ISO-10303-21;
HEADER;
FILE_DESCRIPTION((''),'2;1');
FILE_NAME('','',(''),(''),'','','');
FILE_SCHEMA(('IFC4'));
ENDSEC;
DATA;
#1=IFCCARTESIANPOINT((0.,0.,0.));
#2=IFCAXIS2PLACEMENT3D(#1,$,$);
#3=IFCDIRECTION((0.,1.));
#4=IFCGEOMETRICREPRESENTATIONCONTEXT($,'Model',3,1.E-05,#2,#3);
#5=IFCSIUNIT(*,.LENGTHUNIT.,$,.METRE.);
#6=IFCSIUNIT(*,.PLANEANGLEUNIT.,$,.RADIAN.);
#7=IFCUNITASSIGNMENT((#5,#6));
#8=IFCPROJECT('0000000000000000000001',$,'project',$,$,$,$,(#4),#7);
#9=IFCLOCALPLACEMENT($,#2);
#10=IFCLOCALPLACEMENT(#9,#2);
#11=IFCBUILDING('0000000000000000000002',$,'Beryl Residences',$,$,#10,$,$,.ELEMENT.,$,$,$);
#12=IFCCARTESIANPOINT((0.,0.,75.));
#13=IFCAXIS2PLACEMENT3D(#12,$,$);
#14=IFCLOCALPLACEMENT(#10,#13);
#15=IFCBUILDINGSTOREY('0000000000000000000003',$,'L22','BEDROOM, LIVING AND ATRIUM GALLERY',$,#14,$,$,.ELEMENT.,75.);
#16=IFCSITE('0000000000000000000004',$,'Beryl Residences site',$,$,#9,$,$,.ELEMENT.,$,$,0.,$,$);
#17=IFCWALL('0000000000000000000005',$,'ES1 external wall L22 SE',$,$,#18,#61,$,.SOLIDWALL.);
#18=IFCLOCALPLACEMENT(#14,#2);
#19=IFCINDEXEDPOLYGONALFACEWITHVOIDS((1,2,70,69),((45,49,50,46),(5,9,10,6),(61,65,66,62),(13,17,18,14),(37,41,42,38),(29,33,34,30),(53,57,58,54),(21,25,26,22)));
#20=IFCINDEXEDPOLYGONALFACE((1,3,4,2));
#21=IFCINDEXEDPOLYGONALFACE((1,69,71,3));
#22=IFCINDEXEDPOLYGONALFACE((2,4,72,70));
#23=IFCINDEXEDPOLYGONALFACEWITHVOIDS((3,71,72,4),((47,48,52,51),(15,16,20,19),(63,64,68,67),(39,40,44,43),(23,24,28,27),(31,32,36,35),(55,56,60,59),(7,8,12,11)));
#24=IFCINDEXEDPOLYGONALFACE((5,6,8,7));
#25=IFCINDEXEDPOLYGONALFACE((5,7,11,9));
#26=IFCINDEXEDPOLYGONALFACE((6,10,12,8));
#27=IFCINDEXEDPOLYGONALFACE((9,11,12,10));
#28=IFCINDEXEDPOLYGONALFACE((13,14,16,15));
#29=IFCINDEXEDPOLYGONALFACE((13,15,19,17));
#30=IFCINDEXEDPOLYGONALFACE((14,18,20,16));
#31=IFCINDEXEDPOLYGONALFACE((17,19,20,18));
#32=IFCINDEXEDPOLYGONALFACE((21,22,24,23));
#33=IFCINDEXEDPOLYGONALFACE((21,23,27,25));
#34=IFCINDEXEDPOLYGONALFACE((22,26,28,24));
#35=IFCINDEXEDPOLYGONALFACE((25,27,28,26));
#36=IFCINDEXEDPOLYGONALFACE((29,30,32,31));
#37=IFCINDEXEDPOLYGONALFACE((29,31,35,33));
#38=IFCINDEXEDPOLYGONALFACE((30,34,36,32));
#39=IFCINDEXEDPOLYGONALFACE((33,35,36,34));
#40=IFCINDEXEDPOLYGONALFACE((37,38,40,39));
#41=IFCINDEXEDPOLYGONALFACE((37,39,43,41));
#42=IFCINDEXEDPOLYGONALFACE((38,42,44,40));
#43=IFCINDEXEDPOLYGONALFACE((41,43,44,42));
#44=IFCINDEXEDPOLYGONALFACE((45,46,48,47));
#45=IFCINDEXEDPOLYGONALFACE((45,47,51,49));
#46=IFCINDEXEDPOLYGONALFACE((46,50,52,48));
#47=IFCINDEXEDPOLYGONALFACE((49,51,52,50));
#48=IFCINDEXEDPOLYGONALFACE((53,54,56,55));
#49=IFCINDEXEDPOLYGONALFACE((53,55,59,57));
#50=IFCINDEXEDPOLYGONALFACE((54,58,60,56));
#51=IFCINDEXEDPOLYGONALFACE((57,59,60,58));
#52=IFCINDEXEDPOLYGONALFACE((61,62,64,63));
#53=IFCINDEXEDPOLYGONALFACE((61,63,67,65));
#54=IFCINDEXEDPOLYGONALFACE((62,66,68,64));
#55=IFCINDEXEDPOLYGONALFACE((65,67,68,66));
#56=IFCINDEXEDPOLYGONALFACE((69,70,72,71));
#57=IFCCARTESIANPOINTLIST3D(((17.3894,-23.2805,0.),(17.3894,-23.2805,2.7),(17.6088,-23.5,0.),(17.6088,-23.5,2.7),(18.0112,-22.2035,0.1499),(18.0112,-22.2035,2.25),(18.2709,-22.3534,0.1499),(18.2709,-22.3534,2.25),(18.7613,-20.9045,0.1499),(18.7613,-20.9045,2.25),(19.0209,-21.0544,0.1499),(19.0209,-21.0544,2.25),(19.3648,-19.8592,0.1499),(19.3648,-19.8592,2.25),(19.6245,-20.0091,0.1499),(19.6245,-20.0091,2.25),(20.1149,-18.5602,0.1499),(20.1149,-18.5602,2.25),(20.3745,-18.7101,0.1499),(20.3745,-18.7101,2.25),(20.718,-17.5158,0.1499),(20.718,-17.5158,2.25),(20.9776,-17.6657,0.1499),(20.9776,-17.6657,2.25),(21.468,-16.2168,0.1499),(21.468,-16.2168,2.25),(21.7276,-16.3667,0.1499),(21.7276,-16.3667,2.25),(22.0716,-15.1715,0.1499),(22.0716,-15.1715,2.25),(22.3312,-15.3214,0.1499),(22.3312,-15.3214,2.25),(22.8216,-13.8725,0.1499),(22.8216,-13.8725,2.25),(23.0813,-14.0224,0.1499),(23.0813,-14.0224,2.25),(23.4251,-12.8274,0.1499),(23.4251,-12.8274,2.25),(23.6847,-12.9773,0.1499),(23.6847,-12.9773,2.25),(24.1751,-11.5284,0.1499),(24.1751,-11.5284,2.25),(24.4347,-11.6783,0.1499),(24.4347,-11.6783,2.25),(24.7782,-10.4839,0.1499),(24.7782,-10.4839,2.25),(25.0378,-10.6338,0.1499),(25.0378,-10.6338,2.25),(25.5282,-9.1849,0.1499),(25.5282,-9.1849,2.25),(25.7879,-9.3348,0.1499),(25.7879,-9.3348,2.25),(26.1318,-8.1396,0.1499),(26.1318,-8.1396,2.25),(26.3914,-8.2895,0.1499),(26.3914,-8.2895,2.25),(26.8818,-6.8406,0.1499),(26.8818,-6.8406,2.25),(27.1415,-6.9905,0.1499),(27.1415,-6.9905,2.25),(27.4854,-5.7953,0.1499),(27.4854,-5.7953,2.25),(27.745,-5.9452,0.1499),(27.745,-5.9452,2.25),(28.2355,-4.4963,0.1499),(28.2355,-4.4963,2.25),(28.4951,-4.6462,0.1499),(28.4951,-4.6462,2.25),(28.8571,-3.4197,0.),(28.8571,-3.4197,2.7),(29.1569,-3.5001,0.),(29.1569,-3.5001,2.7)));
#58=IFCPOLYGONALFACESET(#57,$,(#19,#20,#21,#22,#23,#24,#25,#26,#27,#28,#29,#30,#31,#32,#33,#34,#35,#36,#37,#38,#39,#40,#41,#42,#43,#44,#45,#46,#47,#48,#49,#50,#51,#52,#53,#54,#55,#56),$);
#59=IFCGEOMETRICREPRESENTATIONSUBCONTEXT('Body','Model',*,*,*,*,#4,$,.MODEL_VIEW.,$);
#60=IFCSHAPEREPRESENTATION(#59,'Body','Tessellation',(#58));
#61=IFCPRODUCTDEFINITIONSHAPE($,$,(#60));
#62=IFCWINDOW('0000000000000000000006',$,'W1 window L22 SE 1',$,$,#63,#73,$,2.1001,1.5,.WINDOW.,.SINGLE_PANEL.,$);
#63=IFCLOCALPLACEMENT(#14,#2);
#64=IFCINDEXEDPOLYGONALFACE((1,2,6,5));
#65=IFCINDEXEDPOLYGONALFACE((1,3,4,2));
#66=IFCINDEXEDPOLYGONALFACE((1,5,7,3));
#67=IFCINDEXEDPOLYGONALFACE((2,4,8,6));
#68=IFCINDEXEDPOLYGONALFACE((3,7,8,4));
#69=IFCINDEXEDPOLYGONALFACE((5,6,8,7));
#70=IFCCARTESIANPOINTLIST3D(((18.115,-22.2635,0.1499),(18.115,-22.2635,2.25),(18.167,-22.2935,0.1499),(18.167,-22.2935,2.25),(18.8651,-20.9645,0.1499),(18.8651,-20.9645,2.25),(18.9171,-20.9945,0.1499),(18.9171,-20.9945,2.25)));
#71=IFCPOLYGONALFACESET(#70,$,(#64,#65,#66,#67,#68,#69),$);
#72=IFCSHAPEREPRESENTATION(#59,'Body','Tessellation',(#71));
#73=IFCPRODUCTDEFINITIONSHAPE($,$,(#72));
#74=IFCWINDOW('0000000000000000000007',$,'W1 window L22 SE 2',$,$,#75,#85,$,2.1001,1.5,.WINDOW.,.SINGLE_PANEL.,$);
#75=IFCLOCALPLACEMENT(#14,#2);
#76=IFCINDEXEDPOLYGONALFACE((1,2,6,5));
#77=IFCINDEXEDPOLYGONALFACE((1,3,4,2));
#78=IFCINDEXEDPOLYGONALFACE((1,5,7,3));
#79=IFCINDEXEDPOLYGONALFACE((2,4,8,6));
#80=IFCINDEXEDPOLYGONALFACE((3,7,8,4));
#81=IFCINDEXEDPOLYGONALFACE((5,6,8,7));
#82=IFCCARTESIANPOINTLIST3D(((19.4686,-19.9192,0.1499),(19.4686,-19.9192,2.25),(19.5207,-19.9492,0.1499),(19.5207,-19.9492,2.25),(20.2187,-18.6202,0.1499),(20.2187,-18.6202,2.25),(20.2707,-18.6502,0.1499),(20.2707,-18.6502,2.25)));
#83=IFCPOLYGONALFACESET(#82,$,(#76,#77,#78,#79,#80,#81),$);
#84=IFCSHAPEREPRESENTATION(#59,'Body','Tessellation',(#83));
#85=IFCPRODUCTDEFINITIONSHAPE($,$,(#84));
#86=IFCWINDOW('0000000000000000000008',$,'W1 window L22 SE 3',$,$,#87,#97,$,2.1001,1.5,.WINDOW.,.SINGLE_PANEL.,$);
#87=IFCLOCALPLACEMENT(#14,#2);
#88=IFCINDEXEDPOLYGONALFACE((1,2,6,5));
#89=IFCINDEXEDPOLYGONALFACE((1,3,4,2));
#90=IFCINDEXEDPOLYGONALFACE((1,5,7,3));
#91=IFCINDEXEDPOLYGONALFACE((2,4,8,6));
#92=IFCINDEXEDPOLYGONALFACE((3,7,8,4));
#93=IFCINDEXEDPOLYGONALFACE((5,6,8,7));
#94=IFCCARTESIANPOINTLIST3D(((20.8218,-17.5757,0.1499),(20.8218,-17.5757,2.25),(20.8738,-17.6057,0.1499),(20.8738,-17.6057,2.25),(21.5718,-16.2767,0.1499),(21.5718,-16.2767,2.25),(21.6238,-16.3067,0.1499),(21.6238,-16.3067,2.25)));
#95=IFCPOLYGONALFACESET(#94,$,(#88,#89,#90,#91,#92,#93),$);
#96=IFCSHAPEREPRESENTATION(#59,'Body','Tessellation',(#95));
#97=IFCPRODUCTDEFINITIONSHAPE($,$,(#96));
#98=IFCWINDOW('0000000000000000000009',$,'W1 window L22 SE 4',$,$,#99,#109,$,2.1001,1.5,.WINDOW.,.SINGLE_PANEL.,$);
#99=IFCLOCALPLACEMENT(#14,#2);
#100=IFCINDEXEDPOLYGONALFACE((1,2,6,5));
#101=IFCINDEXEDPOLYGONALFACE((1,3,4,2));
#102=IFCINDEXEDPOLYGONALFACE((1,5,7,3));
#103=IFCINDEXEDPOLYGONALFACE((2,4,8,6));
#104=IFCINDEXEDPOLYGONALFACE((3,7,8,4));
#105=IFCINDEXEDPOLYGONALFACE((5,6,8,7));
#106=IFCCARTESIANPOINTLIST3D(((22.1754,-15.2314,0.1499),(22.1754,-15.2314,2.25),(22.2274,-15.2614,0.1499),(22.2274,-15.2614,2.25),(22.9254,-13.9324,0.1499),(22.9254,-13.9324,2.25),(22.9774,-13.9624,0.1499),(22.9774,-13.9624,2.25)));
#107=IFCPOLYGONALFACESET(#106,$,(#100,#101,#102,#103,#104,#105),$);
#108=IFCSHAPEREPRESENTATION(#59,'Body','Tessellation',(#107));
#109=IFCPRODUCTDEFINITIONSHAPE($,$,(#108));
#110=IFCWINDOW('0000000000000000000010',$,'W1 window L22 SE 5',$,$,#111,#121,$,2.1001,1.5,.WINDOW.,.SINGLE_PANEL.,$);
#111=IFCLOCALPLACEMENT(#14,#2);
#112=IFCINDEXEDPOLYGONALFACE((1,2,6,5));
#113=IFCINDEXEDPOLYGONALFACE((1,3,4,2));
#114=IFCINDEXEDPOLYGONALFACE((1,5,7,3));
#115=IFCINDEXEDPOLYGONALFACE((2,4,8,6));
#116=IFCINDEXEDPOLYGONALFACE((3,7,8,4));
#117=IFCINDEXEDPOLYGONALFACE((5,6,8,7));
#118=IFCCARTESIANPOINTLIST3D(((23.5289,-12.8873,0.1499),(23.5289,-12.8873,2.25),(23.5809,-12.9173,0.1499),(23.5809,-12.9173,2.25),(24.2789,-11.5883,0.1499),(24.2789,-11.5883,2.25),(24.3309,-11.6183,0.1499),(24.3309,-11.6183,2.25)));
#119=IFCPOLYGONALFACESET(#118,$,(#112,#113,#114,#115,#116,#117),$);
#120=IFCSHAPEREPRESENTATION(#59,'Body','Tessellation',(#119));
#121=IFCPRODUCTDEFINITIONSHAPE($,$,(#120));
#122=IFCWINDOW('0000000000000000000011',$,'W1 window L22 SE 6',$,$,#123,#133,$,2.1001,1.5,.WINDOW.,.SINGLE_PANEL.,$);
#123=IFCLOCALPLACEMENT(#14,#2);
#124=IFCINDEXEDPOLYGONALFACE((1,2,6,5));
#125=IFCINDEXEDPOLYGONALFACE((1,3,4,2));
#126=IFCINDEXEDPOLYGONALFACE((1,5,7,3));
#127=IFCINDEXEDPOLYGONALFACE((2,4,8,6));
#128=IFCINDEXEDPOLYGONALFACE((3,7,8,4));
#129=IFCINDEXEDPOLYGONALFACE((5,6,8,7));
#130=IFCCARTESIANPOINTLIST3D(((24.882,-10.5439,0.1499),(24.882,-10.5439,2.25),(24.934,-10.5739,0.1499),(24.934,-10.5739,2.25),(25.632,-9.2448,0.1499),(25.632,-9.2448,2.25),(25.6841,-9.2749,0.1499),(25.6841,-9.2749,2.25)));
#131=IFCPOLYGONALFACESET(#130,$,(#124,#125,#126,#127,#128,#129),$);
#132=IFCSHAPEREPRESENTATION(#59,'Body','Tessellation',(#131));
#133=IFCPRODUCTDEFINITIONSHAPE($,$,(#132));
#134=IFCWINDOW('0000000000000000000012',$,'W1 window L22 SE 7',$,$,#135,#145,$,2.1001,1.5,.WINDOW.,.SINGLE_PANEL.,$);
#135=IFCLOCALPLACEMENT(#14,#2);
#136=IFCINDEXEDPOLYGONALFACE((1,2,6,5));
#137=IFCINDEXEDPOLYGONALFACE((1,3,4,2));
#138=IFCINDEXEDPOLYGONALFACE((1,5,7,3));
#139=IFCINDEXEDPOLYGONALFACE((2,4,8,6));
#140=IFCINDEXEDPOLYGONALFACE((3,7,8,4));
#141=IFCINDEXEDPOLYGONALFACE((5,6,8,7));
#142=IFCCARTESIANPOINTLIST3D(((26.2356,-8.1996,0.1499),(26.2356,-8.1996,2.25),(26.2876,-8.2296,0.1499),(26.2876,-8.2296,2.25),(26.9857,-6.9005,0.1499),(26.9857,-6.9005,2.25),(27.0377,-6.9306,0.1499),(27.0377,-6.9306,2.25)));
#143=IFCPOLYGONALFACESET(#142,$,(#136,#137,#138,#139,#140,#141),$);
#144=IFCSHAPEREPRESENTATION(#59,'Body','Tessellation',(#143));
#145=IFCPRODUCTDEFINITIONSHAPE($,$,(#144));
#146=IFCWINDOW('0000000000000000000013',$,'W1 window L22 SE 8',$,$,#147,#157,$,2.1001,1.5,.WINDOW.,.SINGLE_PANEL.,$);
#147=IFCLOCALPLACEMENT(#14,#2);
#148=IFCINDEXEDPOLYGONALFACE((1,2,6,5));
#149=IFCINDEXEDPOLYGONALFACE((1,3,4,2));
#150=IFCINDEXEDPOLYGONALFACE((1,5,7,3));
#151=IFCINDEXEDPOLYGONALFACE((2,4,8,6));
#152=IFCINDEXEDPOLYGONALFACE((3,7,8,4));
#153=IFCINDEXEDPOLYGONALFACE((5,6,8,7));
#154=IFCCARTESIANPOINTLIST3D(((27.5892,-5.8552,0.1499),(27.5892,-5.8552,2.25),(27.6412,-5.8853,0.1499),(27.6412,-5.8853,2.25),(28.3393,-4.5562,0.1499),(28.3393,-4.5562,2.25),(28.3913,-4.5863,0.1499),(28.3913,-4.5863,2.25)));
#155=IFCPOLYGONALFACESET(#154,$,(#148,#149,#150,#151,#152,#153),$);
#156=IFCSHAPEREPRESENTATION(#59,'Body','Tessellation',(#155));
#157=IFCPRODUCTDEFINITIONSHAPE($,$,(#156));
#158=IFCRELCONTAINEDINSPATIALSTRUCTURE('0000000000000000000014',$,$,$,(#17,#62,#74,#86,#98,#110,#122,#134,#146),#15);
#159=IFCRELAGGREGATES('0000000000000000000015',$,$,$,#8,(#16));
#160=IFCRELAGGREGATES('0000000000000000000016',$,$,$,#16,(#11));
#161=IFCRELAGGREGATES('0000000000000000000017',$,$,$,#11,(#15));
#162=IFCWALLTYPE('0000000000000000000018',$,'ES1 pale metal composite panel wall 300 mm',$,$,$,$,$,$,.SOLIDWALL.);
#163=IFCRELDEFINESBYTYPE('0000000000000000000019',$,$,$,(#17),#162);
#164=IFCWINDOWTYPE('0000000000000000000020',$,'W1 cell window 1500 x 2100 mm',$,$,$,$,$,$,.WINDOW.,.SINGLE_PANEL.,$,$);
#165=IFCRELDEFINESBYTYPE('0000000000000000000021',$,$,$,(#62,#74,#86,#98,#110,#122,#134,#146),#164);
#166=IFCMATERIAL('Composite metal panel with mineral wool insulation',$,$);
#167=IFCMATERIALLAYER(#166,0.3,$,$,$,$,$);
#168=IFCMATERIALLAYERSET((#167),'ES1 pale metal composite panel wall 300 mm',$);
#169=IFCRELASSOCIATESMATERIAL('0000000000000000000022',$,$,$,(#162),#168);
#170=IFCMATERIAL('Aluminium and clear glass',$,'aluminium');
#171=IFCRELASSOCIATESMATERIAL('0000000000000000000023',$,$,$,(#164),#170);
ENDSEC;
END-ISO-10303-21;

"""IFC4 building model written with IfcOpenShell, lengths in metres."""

from ifc_helpers import new_model, si_unit, direction, frame, frame_2d, origin, place, context, subcontext, project, spatial, polyline, rectangle, outline, extrude, material, layer, layer_set, type_object, element, fill, save


model = new_model("IFC4")

# Units and contexts
model_context = context("Model", 3, precision=1e-05, world=origin(), true_north=direction((0.0, 1.0)))
body_context = subcontext(model_context, "Body", "Model", "MODEL_VIEW")
ifc_project = project(units=[si_unit("LENGTHUNIT", "METRE"), si_unit("PLANEANGLEUNIT", "RADIAN")], contexts=[model_context])

# Site, building, storey
site_placement = place(None, origin())
site = spatial("IfcSite", under=ifc_project, at=site_placement, Name="Beryl Residences site", CompositionType="ELEMENT", RefElevation=0.0)
building_placement = place(site_placement, origin())
building = spatial("IfcBuilding", under=site, at=building_placement, Name="Beryl Residences", CompositionType="ELEMENT")
storey_placement = place(building_placement, frame((0.0, 0.0, 75.0)))
storey = spatial("IfcBuildingStorey", under=building, at=storey_placement, Name="L22", Description="BEDROOM, LIVING AND ATRIUM GALLERY", CompositionType="ELEMENT", Elevation=75.0)

# Wall, openings, windows
ifc_material_1 = material(Name="Composite metal panel with mineral wool insulation")
ifc_layer_1 = layer(ifc_material_1, 0.3)
ifc_layer_set_1 = layer_set([ifc_layer_1], Name="ES1 pale metal composite panel wall 300 mm")
wall_type_1 = type_object("IfcWallType", Name="ES1 pale metal composite panel wall 300 mm", PredefinedType="SOLIDWALL", material=ifc_layer_set_1)
wall_1_placement = place(storey_placement, frame((17.479, -23.425, 0.0), z_axis=(0.0, 0.0, 1.0), x_axis=(0.500035, 0.866005, 0.0)))
wall_1 = element("IfcWall", 1, at=wall_1_placement, inside=storey, type_object=wall_type_1, Name="ES1 external wall L22 SE", PredefinedType="SOLIDWALL", context=body_context, shape_type="SweptSolid", body=[
    extrude(outline(polyline([(0.0, -0.1499), (23.0945, -0.1499), (23.0142, 0.1499), (0.0803, 0.1499), (0.0, -0.1499)])), origin(), (0.0, 0.0, 1.0), 2.7),
])
opening_1_placement = place(wall_1_placement, frame((1.324, 0.0, 0.1499)))
opening_1 = element("IfcOpeningElement", 2, at=opening_1_placement, cuts=wall_1, PredefinedType="OPENING", context=body_context, shape_type="SweptSolid", body=[
    extrude(rectangle(XDim=1.5, YDim=2.1001, at=frame_2d((0.75, 1.05))), frame((0.0, 0.1599, 0.0), z_axis=(0.0, -1.0, 0.0), x_axis=(1.0, 0.0, 0.0)), (0.0, 0.0, 1.0), 0.3201),
])
opening_2_placement = place(wall_1_placement, frame((4.031, 0.0, 0.1499)))
opening_2 = element("IfcOpeningElement", 3, at=opening_2_placement, cuts=wall_1, PredefinedType="OPENING", context=body_context, shape_type="SweptSolid", body=[
    extrude(rectangle(XDim=1.5, YDim=2.1001, at=frame_2d((0.75, 1.05))), frame((0.0, 0.1599, 0.0), z_axis=(0.0, -1.0, 0.0), x_axis=(1.0, 0.0, 0.0)), (0.0, 0.0, 1.0), 0.3201),
])
opening_3_placement = place(wall_1_placement, frame((6.7371, 0.0, 0.1499)))
opening_3 = element("IfcOpeningElement", 4, at=opening_3_placement, cuts=wall_1, PredefinedType="OPENING", context=body_context, shape_type="SweptSolid", body=[
    extrude(rectangle(XDim=1.5, YDim=2.1001, at=frame_2d((0.75, 1.05))), frame((0.0, 0.1599, 0.0), z_axis=(0.0, -1.0, 0.0), x_axis=(1.0, 0.0, 0.0)), (0.0, 0.0, 1.0), 0.3201),
])
opening_4_placement = place(wall_1_placement, frame((9.4441, 0.0, 0.1499)))
opening_4 = element("IfcOpeningElement", 5, at=opening_4_placement, cuts=wall_1, PredefinedType="OPENING", context=body_context, shape_type="SweptSolid", body=[
    extrude(rectangle(XDim=1.5, YDim=2.1001, at=frame_2d((0.75, 1.05))), frame((0.0, 0.1599, 0.0), z_axis=(0.0, -1.0, 0.0), x_axis=(1.0, 0.0, 0.0)), (0.0, 0.0, 1.0), 0.3201),
])
opening_5_placement = place(wall_1_placement, frame((12.1509, 0.0, 0.1499)))
opening_5 = element("IfcOpeningElement", 6, at=opening_5_placement, cuts=wall_1, PredefinedType="OPENING", context=body_context, shape_type="SweptSolid", body=[
    extrude(rectangle(XDim=1.5, YDim=2.1001, at=frame_2d((0.75, 1.05))), frame((0.0, 0.1599, 0.0), z_axis=(0.0, -1.0, 0.0), x_axis=(1.0, 0.0, 0.0)), (0.0, 0.0, 1.0), 0.3201),
])
opening_6_placement = place(wall_1_placement, frame((14.8569, 0.0, 0.1499)))
opening_6 = element("IfcOpeningElement", 7, at=opening_6_placement, cuts=wall_1, PredefinedType="OPENING", context=body_context, shape_type="SweptSolid", body=[
    extrude(rectangle(XDim=1.5, YDim=2.1001, at=frame_2d((0.75, 1.05))), frame((0.0, 0.1599, 0.0), z_axis=(0.0, -1.0, 0.0), x_axis=(1.0, 0.0, 0.0)), (0.0, 0.0, 1.0), 0.3201),
])
opening_7_placement = place(wall_1_placement, frame((17.564, 0.0, 0.1499)))
opening_7 = element("IfcOpeningElement", 8, at=opening_7_placement, cuts=wall_1, PredefinedType="OPENING", context=body_context, shape_type="SweptSolid", body=[
    extrude(rectangle(XDim=1.5, YDim=2.1001, at=frame_2d((0.75, 1.05))), frame((0.0, 0.1599, 0.0), z_axis=(0.0, -1.0, 0.0), x_axis=(1.0, 0.0, 0.0)), (0.0, 0.0, 1.0), 0.3201),
])
opening_8_placement = place(wall_1_placement, frame((20.271, 0.0, 0.1499)))
opening_8 = element("IfcOpeningElement", 9, at=opening_8_placement, cuts=wall_1, PredefinedType="OPENING", context=body_context, shape_type="SweptSolid", body=[
    extrude(rectangle(XDim=1.5, YDim=2.1001, at=frame_2d((0.75, 1.05))), frame((0.0, 0.1599, 0.0), z_axis=(0.0, -1.0, 0.0), x_axis=(1.0, 0.0, 0.0)), (0.0, 0.0, 1.0), 0.3201),
])
ifc_material_2 = material(Name="Aluminium and clear glass", Category="aluminium")
window_type = type_object("IfcWindowType", Name="W1 cell window 1500 x 2100 mm", PartitioningType="SINGLE_PANEL", PredefinedType="WINDOW", material=ifc_material_2)
window_1_placement = place(opening_1_placement, origin())
window_1 = element("IfcWindow", 10, at=window_1_placement, inside=storey, type_object=window_type, Name="W1 window L22 SE 1", OverallHeight=2.1001, OverallWidth=1.5, PartitioningType="SINGLE_PANEL", PredefinedType="WINDOW", context=body_context, shape_type="SweptSolid", body=[
    extrude(rectangle(XDim=1.5, YDim=2.1001, at=frame_2d((0.75, 1.05))), frame((0.0, 0.03, 0.0), z_axis=(0.0, -1.0, 0.0), x_axis=(1.0, 0.0, 0.0)), (0.0, 0.0, 1.0), 0.0601),
])
fill(opening_1, window_1)
window_2_placement = place(opening_2_placement, origin())
window_2 = element("IfcWindow", 11, at=window_2_placement, inside=storey, type_object=window_type, Name="W1 window L22 SE 2", OverallHeight=2.1001, OverallWidth=1.5, PartitioningType="SINGLE_PANEL", PredefinedType="WINDOW", context=body_context, shape_type="SweptSolid", body=[
    extrude(rectangle(XDim=1.5, YDim=2.1001, at=frame_2d((0.75, 1.05))), frame((0.0, 0.03, 0.0), z_axis=(0.0, -1.0, 0.0), x_axis=(1.0, 0.0, 0.0)), (0.0, 0.0, 1.0), 0.0601),
])
fill(opening_2, window_2)
window_3_placement = place(opening_3_placement, origin())
window_3 = element("IfcWindow", 12, at=window_3_placement, inside=storey, type_object=window_type, Name="W1 window L22 SE 3", OverallHeight=2.1001, OverallWidth=1.5, PartitioningType="SINGLE_PANEL", PredefinedType="WINDOW", context=body_context, shape_type="SweptSolid", body=[
    extrude(rectangle(XDim=1.5, YDim=2.1001, at=frame_2d((0.75, 1.05))), frame((0.0, 0.03, 0.0), z_axis=(0.0, -1.0, 0.0), x_axis=(1.0, 0.0, 0.0)), (0.0, 0.0, 1.0), 0.0601),
])
fill(opening_3, window_3)
window_4_placement = place(opening_4_placement, origin())
window_4 = element("IfcWindow", 13, at=window_4_placement, inside=storey, type_object=window_type, Name="W1 window L22 SE 4", OverallHeight=2.1001, OverallWidth=1.5, PartitioningType="SINGLE_PANEL", PredefinedType="WINDOW", context=body_context, shape_type="SweptSolid", body=[
    extrude(rectangle(XDim=1.5, YDim=2.1001, at=frame_2d((0.75, 1.05))), frame((0.0, 0.03, 0.0), z_axis=(0.0, -1.0, 0.0), x_axis=(1.0, 0.0, 0.0)), (0.0, 0.0, 1.0), 0.0601),
])
fill(opening_4, window_4)
window_5_placement = place(opening_5_placement, origin())
window_5 = element("IfcWindow", 14, at=window_5_placement, inside=storey, type_object=window_type, Name="W1 window L22 SE 5", OverallHeight=2.1001, OverallWidth=1.5, PartitioningType="SINGLE_PANEL", PredefinedType="WINDOW", context=body_context, shape_type="SweptSolid", body=[
    extrude(rectangle(XDim=1.5, YDim=2.1001, at=frame_2d((0.75, 1.05))), frame((0.0, 0.03, 0.0), z_axis=(0.0, -1.0, 0.0), x_axis=(1.0, 0.0, 0.0)), (0.0, 0.0, 1.0), 0.0601),
])
fill(opening_5, window_5)
window_6_placement = place(opening_6_placement, origin())
window_6 = element("IfcWindow", 15, at=window_6_placement, inside=storey, type_object=window_type, Name="W1 window L22 SE 6", OverallHeight=2.1001, OverallWidth=1.5, PartitioningType="SINGLE_PANEL", PredefinedType="WINDOW", context=body_context, shape_type="SweptSolid", body=[
    extrude(rectangle(XDim=1.5, YDim=2.1001, at=frame_2d((0.75, 1.05))), frame((0.0, 0.03, 0.0), z_axis=(0.0, -1.0, 0.0), x_axis=(1.0, 0.0, 0.0)), (0.0, 0.0, 1.0), 0.0601),
])
fill(opening_6, window_6)
window_7_placement = place(opening_7_placement, origin())
window_7 = element("IfcWindow", 16, at=window_7_placement, inside=storey, type_object=window_type, Name="W1 window L22 SE 7", OverallHeight=2.1001, OverallWidth=1.5, PartitioningType="SINGLE_PANEL", PredefinedType="WINDOW", context=body_context, shape_type="SweptSolid", body=[
    extrude(rectangle(XDim=1.5, YDim=2.1001, at=frame_2d((0.75, 1.05))), frame((0.0, 0.03, 0.0), z_axis=(0.0, -1.0, 0.0), x_axis=(1.0, 0.0, 0.0)), (0.0, 0.0, 1.0), 0.0601),
])
fill(opening_7, window_7)
window_8_placement = place(opening_8_placement, origin())
window_8 = element("IfcWindow", 17, at=window_8_placement, inside=storey, type_object=window_type, Name="W1 window L22 SE 8", OverallHeight=2.1001, OverallWidth=1.5, PartitioningType="SINGLE_PANEL", PredefinedType="WINDOW", context=body_context, shape_type="SweptSolid", body=[
    extrude(rectangle(XDim=1.5, YDim=2.1001, at=frame_2d((0.75, 1.05))), frame((0.0, 0.03, 0.0), z_axis=(0.0, -1.0, 0.0), x_axis=(1.0, 0.0, 0.0)), (0.0, 0.0, 1.0), 0.0601),
])
fill(opening_8, window_8)

save(model, "model.ifc")
